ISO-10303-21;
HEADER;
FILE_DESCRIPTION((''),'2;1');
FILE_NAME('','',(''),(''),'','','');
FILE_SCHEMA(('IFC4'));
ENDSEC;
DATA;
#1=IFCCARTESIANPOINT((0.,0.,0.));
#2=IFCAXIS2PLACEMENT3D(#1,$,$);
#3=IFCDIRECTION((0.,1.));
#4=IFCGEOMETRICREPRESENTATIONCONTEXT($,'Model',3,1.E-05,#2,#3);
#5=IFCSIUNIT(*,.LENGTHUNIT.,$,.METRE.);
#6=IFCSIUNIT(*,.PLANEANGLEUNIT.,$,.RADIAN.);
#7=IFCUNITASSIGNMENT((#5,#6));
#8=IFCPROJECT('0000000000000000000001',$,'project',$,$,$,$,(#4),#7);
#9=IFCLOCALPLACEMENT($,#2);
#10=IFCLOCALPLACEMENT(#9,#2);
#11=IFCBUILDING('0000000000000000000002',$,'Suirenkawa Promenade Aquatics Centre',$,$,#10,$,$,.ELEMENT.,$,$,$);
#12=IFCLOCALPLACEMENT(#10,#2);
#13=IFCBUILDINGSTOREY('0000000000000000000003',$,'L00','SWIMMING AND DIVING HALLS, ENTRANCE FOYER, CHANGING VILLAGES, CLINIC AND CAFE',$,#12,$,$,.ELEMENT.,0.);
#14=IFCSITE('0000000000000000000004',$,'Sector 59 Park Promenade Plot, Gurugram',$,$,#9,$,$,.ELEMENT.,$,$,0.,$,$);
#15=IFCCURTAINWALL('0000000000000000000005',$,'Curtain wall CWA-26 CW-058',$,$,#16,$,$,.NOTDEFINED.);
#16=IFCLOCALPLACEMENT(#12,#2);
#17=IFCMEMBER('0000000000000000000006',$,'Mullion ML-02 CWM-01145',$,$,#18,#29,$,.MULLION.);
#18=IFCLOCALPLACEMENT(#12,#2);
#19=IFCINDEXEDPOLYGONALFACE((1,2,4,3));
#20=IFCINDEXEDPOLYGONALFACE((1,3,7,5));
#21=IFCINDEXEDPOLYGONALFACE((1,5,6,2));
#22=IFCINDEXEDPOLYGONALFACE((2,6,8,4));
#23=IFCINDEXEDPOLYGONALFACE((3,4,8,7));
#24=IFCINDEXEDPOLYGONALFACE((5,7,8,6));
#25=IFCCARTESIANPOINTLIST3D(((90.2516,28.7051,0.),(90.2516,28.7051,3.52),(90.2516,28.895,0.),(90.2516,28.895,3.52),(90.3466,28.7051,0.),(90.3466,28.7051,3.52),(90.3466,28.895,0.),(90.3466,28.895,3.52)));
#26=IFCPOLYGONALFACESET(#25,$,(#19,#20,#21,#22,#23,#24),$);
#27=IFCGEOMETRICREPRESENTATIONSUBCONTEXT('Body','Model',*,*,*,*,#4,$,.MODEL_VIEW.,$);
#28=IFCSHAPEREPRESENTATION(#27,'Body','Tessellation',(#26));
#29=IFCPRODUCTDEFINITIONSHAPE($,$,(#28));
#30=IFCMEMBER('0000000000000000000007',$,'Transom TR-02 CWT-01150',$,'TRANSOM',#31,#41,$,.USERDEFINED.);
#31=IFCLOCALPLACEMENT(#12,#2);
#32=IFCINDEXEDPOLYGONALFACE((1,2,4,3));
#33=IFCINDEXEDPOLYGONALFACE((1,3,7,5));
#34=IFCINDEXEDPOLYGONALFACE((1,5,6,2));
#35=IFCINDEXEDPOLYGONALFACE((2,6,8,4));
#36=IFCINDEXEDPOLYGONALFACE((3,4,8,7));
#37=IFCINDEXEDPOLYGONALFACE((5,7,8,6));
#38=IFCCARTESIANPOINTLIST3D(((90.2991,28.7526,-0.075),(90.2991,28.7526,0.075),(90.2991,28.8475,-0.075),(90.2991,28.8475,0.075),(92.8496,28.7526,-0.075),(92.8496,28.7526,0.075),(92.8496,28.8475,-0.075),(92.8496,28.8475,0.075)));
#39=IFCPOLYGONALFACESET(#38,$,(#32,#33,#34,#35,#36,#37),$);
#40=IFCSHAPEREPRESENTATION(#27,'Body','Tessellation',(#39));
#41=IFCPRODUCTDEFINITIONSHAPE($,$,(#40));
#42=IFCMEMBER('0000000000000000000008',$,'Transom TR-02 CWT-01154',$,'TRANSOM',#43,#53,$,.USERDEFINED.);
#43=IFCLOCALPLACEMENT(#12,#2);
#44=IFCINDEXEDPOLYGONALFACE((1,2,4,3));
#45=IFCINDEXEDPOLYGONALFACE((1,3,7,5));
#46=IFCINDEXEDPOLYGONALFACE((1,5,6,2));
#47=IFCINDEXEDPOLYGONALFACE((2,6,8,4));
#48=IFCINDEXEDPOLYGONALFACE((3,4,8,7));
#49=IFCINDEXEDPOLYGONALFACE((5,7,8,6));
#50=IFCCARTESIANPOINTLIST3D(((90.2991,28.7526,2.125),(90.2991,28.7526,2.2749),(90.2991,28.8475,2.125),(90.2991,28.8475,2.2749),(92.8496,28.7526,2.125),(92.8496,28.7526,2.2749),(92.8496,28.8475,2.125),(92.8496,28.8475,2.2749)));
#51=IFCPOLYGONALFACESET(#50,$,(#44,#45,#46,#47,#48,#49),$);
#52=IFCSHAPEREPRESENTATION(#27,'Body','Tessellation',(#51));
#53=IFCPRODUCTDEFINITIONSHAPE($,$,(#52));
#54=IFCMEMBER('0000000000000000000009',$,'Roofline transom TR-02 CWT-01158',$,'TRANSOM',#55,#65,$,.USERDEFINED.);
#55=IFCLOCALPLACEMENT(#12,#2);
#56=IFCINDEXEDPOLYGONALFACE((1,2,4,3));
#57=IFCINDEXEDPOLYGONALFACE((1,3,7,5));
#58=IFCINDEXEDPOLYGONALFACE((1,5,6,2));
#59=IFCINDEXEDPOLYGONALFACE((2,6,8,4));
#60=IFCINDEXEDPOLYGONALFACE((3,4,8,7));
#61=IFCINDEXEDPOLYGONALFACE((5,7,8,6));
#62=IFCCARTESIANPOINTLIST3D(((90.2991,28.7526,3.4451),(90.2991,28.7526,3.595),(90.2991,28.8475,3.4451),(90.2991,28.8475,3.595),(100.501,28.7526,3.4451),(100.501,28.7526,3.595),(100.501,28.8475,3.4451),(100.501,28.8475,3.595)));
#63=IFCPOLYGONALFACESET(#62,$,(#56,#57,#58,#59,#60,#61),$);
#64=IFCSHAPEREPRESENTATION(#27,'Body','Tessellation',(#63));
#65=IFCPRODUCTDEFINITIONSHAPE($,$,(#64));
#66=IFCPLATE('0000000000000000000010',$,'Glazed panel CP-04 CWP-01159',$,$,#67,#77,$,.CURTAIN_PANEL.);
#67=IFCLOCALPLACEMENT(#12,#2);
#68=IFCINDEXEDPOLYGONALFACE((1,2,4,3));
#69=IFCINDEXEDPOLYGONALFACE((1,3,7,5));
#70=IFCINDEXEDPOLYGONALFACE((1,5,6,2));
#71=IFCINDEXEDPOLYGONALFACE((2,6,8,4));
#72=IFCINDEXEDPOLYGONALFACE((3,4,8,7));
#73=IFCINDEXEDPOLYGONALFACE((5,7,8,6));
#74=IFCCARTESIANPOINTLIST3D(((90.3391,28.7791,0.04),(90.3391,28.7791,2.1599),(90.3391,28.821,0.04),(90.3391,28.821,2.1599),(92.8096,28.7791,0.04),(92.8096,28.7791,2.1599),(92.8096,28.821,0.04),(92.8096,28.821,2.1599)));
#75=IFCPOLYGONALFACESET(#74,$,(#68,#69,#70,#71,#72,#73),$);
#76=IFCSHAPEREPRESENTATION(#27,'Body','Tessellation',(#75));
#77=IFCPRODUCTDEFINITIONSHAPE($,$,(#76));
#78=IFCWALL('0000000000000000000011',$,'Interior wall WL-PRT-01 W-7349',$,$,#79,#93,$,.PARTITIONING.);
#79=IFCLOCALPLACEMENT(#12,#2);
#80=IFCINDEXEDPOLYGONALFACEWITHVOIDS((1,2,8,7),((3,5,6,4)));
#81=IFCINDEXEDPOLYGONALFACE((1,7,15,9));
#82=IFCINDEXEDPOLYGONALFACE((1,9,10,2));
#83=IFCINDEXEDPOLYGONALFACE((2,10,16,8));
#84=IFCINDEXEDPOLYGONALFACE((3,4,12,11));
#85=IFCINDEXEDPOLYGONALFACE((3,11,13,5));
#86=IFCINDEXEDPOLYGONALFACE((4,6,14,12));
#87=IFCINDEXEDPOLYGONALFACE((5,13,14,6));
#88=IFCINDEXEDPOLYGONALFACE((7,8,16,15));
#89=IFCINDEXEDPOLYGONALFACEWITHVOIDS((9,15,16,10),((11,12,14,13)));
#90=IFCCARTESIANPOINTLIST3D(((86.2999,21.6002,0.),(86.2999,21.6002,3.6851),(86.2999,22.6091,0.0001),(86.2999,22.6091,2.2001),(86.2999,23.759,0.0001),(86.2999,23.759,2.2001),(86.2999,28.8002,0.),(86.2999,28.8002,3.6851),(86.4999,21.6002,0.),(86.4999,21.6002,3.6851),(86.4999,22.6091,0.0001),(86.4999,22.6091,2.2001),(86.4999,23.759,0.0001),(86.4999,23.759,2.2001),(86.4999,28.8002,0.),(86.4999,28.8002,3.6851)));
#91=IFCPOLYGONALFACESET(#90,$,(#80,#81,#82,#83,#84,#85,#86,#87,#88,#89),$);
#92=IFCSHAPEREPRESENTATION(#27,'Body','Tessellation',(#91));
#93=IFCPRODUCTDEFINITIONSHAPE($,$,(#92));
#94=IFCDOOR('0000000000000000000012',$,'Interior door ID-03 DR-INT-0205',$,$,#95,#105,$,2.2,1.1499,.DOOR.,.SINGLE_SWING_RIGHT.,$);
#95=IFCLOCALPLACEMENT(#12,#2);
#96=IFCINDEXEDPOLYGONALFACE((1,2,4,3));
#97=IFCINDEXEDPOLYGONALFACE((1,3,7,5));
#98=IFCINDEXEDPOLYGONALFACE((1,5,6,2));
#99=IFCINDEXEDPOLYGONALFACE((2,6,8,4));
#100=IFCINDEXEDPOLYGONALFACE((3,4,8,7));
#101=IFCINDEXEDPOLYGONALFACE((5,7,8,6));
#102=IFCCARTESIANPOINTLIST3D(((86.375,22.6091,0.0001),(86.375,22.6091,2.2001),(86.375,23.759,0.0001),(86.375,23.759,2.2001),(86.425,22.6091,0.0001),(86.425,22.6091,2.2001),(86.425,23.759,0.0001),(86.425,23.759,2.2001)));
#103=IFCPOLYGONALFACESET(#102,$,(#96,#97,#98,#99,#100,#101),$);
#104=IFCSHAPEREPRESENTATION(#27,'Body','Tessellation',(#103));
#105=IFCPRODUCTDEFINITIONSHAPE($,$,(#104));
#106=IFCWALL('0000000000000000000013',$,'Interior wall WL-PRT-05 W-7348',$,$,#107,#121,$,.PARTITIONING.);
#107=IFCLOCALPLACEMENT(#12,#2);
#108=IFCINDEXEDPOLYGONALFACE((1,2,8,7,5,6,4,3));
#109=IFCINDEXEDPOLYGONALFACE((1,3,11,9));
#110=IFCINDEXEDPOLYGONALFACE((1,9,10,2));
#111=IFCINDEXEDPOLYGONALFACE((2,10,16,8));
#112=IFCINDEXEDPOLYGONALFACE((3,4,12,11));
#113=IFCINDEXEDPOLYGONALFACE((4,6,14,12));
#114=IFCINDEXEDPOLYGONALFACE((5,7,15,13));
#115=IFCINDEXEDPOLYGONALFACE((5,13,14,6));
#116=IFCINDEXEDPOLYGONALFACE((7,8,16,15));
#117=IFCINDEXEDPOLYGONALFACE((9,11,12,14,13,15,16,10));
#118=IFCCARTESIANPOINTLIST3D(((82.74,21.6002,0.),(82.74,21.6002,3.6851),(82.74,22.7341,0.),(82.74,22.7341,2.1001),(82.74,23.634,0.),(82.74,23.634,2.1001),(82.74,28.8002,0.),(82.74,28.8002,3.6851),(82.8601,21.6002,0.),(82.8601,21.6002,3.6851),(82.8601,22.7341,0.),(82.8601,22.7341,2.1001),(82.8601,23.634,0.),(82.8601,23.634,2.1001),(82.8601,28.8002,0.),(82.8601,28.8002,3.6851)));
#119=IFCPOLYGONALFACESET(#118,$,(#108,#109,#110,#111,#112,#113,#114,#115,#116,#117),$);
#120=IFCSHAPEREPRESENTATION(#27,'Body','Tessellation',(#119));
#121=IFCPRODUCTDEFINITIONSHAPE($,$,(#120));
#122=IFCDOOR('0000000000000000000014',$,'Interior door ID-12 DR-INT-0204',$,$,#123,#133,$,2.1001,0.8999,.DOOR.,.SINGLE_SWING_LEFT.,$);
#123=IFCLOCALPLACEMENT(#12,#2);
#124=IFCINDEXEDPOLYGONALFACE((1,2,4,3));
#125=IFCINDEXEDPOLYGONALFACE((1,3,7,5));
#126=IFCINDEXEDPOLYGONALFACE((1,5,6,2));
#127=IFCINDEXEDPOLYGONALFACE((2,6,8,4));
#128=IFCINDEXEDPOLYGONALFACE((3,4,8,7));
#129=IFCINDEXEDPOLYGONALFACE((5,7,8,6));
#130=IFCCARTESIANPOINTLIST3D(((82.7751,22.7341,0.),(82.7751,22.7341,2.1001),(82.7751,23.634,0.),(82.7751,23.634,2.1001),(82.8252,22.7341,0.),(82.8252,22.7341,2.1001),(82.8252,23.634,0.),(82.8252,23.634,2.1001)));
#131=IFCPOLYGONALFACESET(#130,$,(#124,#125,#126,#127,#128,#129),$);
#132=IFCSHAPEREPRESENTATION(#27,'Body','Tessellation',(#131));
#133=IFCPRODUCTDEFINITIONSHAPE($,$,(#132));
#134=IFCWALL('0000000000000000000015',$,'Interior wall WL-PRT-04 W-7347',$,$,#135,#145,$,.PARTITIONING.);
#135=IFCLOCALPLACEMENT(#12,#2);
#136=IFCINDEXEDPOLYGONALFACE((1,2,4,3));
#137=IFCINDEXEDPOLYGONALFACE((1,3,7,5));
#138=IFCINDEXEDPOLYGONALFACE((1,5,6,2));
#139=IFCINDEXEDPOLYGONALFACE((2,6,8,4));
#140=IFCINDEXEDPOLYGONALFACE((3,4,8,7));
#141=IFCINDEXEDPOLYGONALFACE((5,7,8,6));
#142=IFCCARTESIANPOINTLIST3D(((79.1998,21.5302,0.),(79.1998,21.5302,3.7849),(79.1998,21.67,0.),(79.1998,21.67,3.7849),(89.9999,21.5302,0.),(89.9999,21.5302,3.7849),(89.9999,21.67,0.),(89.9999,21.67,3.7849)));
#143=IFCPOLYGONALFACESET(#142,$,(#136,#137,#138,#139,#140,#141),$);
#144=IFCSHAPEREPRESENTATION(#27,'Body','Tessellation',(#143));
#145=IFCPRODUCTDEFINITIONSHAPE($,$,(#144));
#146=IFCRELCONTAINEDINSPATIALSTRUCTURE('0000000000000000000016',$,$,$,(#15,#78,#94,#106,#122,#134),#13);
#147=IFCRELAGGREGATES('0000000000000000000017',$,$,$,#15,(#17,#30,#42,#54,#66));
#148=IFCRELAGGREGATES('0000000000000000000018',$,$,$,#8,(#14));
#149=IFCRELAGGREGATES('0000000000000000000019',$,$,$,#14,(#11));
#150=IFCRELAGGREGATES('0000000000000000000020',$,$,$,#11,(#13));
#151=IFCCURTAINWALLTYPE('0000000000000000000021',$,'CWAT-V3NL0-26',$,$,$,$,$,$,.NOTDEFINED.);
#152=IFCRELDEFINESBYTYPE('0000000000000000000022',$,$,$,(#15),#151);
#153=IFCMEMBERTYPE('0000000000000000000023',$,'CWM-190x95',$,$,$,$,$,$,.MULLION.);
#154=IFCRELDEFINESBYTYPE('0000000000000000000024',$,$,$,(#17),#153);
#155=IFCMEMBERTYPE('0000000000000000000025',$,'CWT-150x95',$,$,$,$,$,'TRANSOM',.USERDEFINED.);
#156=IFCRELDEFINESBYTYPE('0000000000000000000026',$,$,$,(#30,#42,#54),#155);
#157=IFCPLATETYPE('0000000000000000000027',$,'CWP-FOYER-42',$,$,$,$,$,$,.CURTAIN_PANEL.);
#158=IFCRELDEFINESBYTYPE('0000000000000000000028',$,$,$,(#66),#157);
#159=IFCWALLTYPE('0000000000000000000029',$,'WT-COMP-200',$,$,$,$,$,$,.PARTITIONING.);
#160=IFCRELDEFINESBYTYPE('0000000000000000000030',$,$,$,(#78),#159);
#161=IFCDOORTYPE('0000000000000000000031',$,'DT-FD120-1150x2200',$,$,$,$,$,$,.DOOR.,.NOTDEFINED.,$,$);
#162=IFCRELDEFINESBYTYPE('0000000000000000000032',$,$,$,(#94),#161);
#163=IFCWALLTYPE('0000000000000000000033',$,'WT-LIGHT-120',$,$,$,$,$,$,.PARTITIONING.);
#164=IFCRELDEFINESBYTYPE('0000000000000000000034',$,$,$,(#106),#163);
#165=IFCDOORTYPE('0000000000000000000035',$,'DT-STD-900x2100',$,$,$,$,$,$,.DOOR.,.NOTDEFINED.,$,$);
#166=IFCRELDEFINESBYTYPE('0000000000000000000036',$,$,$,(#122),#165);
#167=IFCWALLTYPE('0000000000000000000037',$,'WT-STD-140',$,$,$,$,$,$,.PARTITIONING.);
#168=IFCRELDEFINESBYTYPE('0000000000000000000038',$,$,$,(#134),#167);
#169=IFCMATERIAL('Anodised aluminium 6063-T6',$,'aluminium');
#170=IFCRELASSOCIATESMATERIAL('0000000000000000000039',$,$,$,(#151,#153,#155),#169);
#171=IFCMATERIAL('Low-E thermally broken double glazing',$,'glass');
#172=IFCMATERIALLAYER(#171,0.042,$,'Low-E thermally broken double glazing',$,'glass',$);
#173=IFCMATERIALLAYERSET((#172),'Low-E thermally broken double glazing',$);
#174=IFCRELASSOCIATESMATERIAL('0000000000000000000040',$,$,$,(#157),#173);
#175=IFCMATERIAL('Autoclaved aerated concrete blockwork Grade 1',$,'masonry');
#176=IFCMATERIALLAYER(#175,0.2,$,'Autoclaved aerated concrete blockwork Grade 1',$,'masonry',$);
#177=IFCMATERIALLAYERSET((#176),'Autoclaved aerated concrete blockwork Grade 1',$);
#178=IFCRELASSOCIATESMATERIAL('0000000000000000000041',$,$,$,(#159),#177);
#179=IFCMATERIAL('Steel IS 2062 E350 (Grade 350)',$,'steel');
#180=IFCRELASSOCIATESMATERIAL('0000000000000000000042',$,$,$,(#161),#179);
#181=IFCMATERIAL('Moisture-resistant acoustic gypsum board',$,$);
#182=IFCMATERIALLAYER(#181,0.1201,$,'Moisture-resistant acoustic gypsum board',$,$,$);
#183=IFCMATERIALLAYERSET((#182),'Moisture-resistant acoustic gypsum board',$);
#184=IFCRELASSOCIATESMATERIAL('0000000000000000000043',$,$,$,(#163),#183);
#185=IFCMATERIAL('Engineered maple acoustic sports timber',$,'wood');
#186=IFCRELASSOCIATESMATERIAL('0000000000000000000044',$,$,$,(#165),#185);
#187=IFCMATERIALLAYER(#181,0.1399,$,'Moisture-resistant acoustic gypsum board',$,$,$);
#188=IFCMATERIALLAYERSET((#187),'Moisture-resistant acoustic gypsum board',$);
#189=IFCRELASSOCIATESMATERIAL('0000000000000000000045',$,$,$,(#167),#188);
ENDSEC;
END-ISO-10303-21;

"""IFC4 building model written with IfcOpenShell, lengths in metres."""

from ifc_helpers import new_model, si_unit, direction, frame, frame_2d, origin, origin_2d, place, context, subcontext, project, spatial, polyline, rectangle, outline, extrude, material, layer, layer_set, material_profile, profile_set, type_object, element, fill, aggregate, save


model = new_model("IFC4")

# Units and contexts
model_context = context("Model", 3, precision=1e-05, world=origin(), true_north=direction((0.0, 1.0)))
body_context = subcontext(model_context, "Body", "Model", "MODEL_VIEW")
ifc_project = project(units=[si_unit("LENGTHUNIT", "METRE"), si_unit("PLANEANGLEUNIT", "RADIAN")], contexts=[model_context])

# Site, building, storey
site_placement = place(None, origin())
site = spatial("IfcSite", under=ifc_project, at=site_placement, Name="Sector 59 Park Promenade Plot, Gurugram", CompositionType="ELEMENT", RefElevation=0.0)
building_placement = place(site_placement, origin())
building = spatial("IfcBuilding", under=site, at=building_placement, Name="Suirenkawa Promenade Aquatics Centre", CompositionType="ELEMENT")
storey_placement = place(building_placement, origin())
storey = spatial("IfcBuildingStorey", under=building, at=storey_placement, Name="L00", Description="SWIMMING AND DIVING HALLS, ENTRANCE FOYER, CHANGING VILLAGES, CLINIC AND CAFE", CompositionType="ELEMENT", Elevation=0.0)

# Shared definitions
ifc_material_1 = material(Name="Steel IS 2062 E350 (Grade 350)", Category="steel")

# Curtain wall, members, plate
ifc_material_2 = material(Name="Anodised aluminium 6063-T6", Category="aluminium")
curtain_wall_type = type_object("IfcCurtainWallType", Name="CWAT-V3NL0-26", PredefinedType="NOTDEFINED", material=ifc_material_2)
curtain_wall_placement = place(storey_placement, origin())
curtain_wall = element("IfcCurtainWall", 1, at=curtain_wall_placement, inside=storey, type_object=curtain_wall_type, Name="Curtain wall CWA-26 CW-058", PredefinedType="NOTDEFINED")
ifc_material_profile_1 = material_profile(ifc_material_2, rectangle(XDim=0.095, YDim=0.1899, at=origin_2d()), Name="ALU MULL 95x190", Category="aluminium")
ifc_profile_set_1 = profile_set([ifc_material_profile_1], Name="Anodised aluminium 6063-T6")
member_type_1 = type_object("IfcMemberType", Name="CWM-190x95", PredefinedType="MULLION", material=ifc_profile_set_1)
member_1_placement = place(storey_placement, frame((90.2991, 28.8, 0.0), z_axis=(0.0, 0.0, 1.0), x_axis=(1.0, 0.0, 0.0)))
member_1 = element("IfcMember", 2, at=member_1_placement, type_object=member_type_1, Name="Mullion ML-02 CWM-01145", PredefinedType="MULLION", context=body_context, shape_type="SweptSolid", body=[
    extrude(rectangle(XDim=0.095, YDim=0.1899, at=origin_2d()), origin(), (0.0, 0.0, 1.0), 3.52),
])
ifc_material_profile_2 = material_profile(ifc_material_2, rectangle(XDim=0.095, YDim=0.1499, at=origin_2d()), Name="ALU TRAN 95x150", Category="aluminium")
ifc_profile_set_2 = profile_set([ifc_material_profile_2], Name="Anodised aluminium 6063-T6")
member_type_2 = type_object("IfcMemberType", Name="CWT-150x95", ElementType="TRANSOM", PredefinedType="USERDEFINED", material=ifc_profile_set_2)
member_2_placement = place(storey_placement, frame((90.2991, 28.8, 0.0), z_axis=(1.0, 0.0, 0.0), x_axis=(0.0, 1.0, 0.0)))
member_2 = element("IfcMember", 3, at=member_2_placement, type_object=member_type_2, Name="Transom TR-02 CWT-01150", ObjectType="TRANSOM", PredefinedType="USERDEFINED", context=body_context, shape_type="SweptSolid", body=[
    extrude(rectangle(XDim=0.095, YDim=0.1499, at=origin_2d()), origin(), (0.0, 0.0, 1.0), 2.5505),
])
member_3_placement = place(storey_placement, frame((90.2991, 28.8, 2.2), z_axis=(1.0, 0.0, 0.0), x_axis=(0.0, 1.0, 0.0)))
member_3 = element("IfcMember", 4, at=member_3_placement, type_object=member_type_2, Name="Transom TR-02 CWT-01154", ObjectType="TRANSOM", PredefinedType="USERDEFINED", context=body_context, shape_type="SweptSolid", body=[
    extrude(rectangle(XDim=0.095, YDim=0.1499, at=origin_2d()), origin(), (0.0, 0.0, 1.0), 2.5505),
])
member_4_placement = place(storey_placement, frame((90.2991, 28.8, 3.52), z_axis=(1.0, 0.0, 0.0), x_axis=(0.0, 1.0, 0.0)))
member_4 = element("IfcMember", 5, at=member_4_placement, type_object=member_type_2, Name="Roofline transom TR-02 CWT-01158", ObjectType="TRANSOM", PredefinedType="USERDEFINED", context=body_context, shape_type="SweptSolid", body=[
    extrude(rectangle(XDim=0.095, YDim=0.1499, at=origin_2d()), origin(), (0.0, 0.0, 1.0), 10.2019),
])
ifc_material_3 = material(Name="Low-E thermally broken double glazing", Category="glass")
ifc_layer_1 = layer(ifc_material_3, 0.042, Name="Low-E thermally broken double glazing", Category="glass")
ifc_layer_set_1 = layer_set([ifc_layer_1], Name="Low-E thermally broken double glazing")
plate_type = type_object("IfcPlateType", Name="CWP-FOYER-42", PredefinedType="CURTAIN_PANEL", material=ifc_layer_set_1)
plate_placement = place(storey_placement, frame((90.2991, 28.8, 0.04), z_axis=(0.0, 0.0, 1.0), x_axis=(1.0, 0.0, 0.0)))
plate = element("IfcPlate", 6, at=plate_placement, type_object=plate_type, Name="Glazed panel CP-04 CWP-01159", PredefinedType="CURTAIN_PANEL", context=body_context, shape_type="SweptSolid", body=[
    extrude(outline(polyline([(0.04, 0.0), (2.5105, 0.0), (2.5105, 2.1199), (0.04, 2.1199), (0.04, 0.0)])), frame((0.0, 0.021, 0.0), z_axis=(0.0, -1.0, 0.0), x_axis=(1.0, 0.0, 0.0)), (0.0, 0.0, 1.0), 0.042),
])
aggregate(curtain_wall, [member_1, member_2, member_3, member_4, plate])

# Walls, openings, doors
ifc_material_4 = material(Name="Autoclaved aerated concrete blockwork Grade 1", Category="masonry")
ifc_layer_2 = layer(ifc_material_4, 0.2, Name="Autoclaved aerated concrete blockwork Grade 1", Category="masonry")
ifc_layer_set_2 = layer_set([ifc_layer_2], Name="Autoclaved aerated concrete blockwork Grade 1")
wall_type_1 = type_object("IfcWallType", Name="WT-COMP-200", PredefinedType="PARTITIONING", material=ifc_layer_set_2)
wall_1_placement = place(storey_placement, frame((86.3999, 21.6001, 0.0), z_axis=(0.0, 0.0, 1.0), x_axis=(0.0, 1.0, 0.0)))
wall_1 = element("IfcWall", 7, at=wall_1_placement, inside=storey, type_object=wall_type_1, Name="Interior wall WL-PRT-01 W-7349", PredefinedType="PARTITIONING", context=body_context, shape_type="SweptSolid", body=[
    extrude(rectangle(XDim=7.2, YDim=0.2, at=frame_2d((3.6001, 0.0))), origin(), (0.0, 0.0, 1.0), 3.6851),
])
opening_1_placement = place(wall_1_placement, frame((1.009, 0.0, 0.0)))
opening_1 = element("IfcOpeningElement", 8, at=opening_1_placement, cuts=wall_1, PredefinedType="OPENING", context=body_context, shape_type="SweptSolid", body=[
    extrude(rectangle(XDim=1.1499, YDim=2.2, at=frame_2d((0.575, 1.1001))), frame((0.0, 0.1099, 0.0), z_axis=(0.0, -1.0, 0.0), x_axis=(1.0, 0.0, 0.0)), (0.0, 0.0, 1.0), 0.22),
])
door_type_1 = type_object("IfcDoorType", Name="DT-FD120-1150x2200", OperationType="NOTDEFINED", PredefinedType="DOOR", material=ifc_material_1)
door_1_placement = place(opening_1_placement, origin())
door_1 = element("IfcDoor", 9, at=door_1_placement, inside=storey, type_object=door_type_1, Name="Interior door ID-03 DR-INT-0205", OperationType="SINGLE_SWING_RIGHT", OverallHeight=2.2, OverallWidth=1.1499, PredefinedType="DOOR", context=body_context, shape_type="SweptSolid", body=[
    extrude(rectangle(XDim=1.1499, YDim=2.2, at=frame_2d((0.575, 1.1001))), frame((0.0, 0.0249, 0.0), z_axis=(0.0, -1.0, 0.0), x_axis=(1.0, 0.0, 0.0)), (0.0, 0.0, 1.0), 0.05),
])
fill(opening_1, door_1)
ifc_material_5 = material(Name="Moisture-resistant acoustic gypsum board")
ifc_layer_3 = layer(ifc_material_5, 0.1201, Name="Moisture-resistant acoustic gypsum board")
ifc_layer_set_3 = layer_set([ifc_layer_3], Name="Moisture-resistant acoustic gypsum board")
wall_type_2 = type_object("IfcWallType", Name="WT-LIGHT-120", PredefinedType="PARTITIONING", material=ifc_layer_set_3)
wall_2_placement = place(storey_placement, frame((82.8, 21.6001, 0.0), z_axis=(0.0, 0.0, 1.0), x_axis=(0.0, 1.0, 0.0)))
wall_2 = element("IfcWall", 10, at=wall_2_placement, inside=storey, type_object=wall_type_2, Name="Interior wall WL-PRT-05 W-7348", PredefinedType="PARTITIONING", context=body_context, shape_type="SweptSolid", body=[
    extrude(rectangle(XDim=7.2, YDim=0.1201, at=frame_2d((3.6001, 0.0))), origin(), (0.0, 0.0, 1.0), 3.6851),
])
opening_2_placement = place(wall_2_placement, frame((1.134, 0.0, 0.0)))
opening_2 = element("IfcOpeningElement", 11, at=opening_2_placement, cuts=wall_2, PredefinedType="OPENING", context=body_context, shape_type="SweptSolid", body=[
    extrude(rectangle(XDim=0.8999, YDim=2.1001, at=frame_2d((0.45, 1.05))), frame((0.0, 0.0701, 0.0), z_axis=(0.0, -1.0, 0.0), x_axis=(1.0, 0.0, 0.0)), (0.0, 0.0, 1.0), 0.1401),
])
ifc_material_6 = material(Name="Engineered maple acoustic sports timber", Category="wood")
door_type_2 = type_object("IfcDoorType", Name="DT-STD-900x2100", OperationType="NOTDEFINED", PredefinedType="DOOR", material=ifc_material_6)
door_2_placement = place(opening_2_placement, origin())
door_2 = element("IfcDoor", 12, at=door_2_placement, inside=storey, type_object=door_type_2, Name="Interior door ID-12 DR-INT-0204", OperationType="SINGLE_SWING_LEFT", OverallHeight=2.1001, OverallWidth=0.8999, PredefinedType="DOOR", context=body_context, shape_type="SweptSolid", body=[
    extrude(rectangle(XDim=0.8999, YDim=2.1001, at=frame_2d((0.45, 1.05))), frame((0.0, 0.0249, 0.0), z_axis=(0.0, -1.0, 0.0), x_axis=(1.0, 0.0, 0.0)), (0.0, 0.0, 1.0), 0.05),
])
fill(opening_2, door_2)

# Wall
ifc_layer_4 = layer(ifc_material_5, 0.1399, Name="Moisture-resistant acoustic gypsum board")
ifc_layer_set_4 = layer_set([ifc_layer_4], Name="Moisture-resistant acoustic gypsum board")
wall_type_3 = type_object("IfcWallType", Name="WT-STD-140", PredefinedType="PARTITIONING", material=ifc_layer_set_4)
wall_3_placement = place(storey_placement, frame((79.2, 21.6001, 0.0), z_axis=(0.0, 0.0, 1.0), x_axis=(1.0, 0.0, 0.0)))
element("IfcWall", 13, at=wall_3_placement, inside=storey, type_object=wall_type_3, Name="Interior wall WL-PRT-04 W-7347", PredefinedType="PARTITIONING", context=body_context, shape_type="SweptSolid", body=[
    extrude(rectangle(XDim=10.8, YDim=0.1399, at=frame_2d((5.3999, 0.0))), origin(), (0.0, 0.0, 1.0), 3.7849),
])

save(model, "model.ifc")
